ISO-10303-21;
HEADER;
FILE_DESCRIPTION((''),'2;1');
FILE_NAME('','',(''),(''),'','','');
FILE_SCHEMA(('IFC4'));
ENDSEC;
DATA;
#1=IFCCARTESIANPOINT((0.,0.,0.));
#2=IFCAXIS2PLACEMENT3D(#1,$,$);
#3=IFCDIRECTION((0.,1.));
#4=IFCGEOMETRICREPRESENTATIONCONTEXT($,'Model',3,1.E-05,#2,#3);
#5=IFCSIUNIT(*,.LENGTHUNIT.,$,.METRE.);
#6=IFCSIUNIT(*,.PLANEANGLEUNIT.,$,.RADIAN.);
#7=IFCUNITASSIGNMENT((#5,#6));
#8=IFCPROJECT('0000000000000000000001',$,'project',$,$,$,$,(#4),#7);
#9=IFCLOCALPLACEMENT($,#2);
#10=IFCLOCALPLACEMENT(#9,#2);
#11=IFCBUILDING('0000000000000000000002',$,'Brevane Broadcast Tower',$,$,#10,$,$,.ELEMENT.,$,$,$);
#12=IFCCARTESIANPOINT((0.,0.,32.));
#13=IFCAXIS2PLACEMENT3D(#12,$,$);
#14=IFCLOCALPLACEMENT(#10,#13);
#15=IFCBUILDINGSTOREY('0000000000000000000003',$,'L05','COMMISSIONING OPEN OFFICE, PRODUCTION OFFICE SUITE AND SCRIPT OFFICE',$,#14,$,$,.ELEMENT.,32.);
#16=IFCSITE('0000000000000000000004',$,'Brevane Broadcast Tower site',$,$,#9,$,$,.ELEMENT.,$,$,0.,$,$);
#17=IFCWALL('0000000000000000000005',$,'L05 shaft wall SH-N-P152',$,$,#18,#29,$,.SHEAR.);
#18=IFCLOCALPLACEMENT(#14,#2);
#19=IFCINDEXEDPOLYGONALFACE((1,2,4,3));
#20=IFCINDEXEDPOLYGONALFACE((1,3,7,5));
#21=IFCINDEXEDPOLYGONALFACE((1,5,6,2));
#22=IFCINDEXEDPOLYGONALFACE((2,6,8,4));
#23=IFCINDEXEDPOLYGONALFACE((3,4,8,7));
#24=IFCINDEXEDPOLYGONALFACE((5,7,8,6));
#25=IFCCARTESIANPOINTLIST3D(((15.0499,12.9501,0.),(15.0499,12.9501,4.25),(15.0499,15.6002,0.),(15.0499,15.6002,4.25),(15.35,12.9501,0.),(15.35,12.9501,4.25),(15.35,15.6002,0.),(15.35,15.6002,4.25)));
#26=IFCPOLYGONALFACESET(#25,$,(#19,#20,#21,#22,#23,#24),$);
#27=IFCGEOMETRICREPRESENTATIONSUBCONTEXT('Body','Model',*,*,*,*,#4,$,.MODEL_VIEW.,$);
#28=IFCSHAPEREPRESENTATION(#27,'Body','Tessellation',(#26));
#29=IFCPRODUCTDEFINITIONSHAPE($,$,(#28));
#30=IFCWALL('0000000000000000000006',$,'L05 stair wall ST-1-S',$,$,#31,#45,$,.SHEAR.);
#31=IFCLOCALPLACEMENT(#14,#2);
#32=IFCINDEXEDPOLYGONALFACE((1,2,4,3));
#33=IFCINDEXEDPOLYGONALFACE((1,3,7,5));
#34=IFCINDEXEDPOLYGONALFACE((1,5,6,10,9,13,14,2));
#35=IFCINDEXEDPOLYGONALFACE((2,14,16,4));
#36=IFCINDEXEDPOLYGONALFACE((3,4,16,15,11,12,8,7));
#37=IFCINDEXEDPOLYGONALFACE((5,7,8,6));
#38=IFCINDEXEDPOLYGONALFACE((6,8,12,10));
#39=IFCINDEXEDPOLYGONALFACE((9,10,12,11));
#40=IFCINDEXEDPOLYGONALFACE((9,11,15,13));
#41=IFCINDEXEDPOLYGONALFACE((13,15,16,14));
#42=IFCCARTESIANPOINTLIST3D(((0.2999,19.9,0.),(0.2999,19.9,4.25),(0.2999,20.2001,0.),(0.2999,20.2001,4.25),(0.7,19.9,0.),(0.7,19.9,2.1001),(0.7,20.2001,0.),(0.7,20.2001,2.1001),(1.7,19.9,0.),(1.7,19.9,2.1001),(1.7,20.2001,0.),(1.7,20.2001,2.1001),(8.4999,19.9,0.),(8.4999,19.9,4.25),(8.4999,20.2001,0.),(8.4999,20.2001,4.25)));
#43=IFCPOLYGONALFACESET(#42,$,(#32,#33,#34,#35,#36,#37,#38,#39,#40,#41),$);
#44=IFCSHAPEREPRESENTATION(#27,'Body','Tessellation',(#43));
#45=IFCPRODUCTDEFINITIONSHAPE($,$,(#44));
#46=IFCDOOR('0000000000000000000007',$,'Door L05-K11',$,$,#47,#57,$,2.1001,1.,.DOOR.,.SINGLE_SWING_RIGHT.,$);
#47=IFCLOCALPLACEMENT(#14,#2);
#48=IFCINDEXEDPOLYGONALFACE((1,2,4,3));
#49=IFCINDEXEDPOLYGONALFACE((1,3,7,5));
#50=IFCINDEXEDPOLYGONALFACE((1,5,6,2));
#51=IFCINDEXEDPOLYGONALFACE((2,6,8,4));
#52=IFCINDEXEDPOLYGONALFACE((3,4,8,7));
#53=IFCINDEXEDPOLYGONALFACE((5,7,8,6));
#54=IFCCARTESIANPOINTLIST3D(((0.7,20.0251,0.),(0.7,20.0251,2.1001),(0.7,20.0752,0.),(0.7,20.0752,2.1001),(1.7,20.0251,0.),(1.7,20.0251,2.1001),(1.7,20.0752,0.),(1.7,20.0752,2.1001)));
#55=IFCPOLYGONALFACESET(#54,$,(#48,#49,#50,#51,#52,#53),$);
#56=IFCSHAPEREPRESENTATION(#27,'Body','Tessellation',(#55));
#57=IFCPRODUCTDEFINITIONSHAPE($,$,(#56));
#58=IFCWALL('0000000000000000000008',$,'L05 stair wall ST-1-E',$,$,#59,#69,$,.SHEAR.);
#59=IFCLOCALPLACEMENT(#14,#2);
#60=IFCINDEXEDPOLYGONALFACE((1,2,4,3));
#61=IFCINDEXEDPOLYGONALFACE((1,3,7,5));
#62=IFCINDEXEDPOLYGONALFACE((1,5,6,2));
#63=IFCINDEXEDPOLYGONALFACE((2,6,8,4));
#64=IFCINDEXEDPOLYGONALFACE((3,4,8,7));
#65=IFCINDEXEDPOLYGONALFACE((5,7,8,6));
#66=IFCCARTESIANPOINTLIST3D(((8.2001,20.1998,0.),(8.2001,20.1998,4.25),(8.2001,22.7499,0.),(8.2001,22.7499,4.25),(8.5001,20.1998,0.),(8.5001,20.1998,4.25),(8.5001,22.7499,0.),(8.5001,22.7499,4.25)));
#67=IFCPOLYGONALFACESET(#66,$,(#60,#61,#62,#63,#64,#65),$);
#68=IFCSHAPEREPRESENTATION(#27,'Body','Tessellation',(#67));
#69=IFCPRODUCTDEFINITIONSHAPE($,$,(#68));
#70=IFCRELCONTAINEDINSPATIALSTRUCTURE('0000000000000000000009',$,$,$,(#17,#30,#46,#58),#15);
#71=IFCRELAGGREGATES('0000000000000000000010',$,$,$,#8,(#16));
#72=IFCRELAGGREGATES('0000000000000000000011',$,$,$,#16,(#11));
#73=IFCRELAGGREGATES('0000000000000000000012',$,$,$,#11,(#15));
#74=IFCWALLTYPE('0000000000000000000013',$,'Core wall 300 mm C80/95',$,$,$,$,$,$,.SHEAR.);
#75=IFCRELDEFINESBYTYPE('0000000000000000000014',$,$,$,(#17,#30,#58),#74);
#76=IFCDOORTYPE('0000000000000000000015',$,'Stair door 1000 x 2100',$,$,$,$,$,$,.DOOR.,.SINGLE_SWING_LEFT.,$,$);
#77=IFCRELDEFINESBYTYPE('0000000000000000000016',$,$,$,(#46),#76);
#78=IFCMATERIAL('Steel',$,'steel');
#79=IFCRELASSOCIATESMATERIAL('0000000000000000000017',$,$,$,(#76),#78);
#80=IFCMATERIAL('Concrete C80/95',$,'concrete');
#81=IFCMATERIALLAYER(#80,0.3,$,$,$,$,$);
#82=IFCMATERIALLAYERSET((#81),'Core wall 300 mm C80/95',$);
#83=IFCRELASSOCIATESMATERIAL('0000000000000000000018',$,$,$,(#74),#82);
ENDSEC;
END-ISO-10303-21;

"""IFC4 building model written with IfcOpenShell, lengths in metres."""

from ifc_helpers import new_model, si_unit, direction, frame, frame_2d, origin, place, context, subcontext, project, spatial, rectangle, extrude, material, layer, layer_set, type_object, element, fill, save


model = new_model("IFC4")

# Units and contexts
model_context = context("Model", 3, precision=1e-05, world=origin(), true_north=direction((0.0, 1.0)))
body_context = subcontext(model_context, "Body", "Model", "MODEL_VIEW")
ifc_project = project(units=[si_unit("LENGTHUNIT", "METRE"), si_unit("PLANEANGLEUNIT", "RADIAN")], contexts=[model_context])

# Site, building, storey
site_placement = place(None, origin())
site = spatial("IfcSite", under=ifc_project, at=site_placement, Name="Brevane Broadcast Tower site", CompositionType="ELEMENT", RefElevation=0.0)
building_placement = place(site_placement, origin())
building = spatial("IfcBuilding", under=site, at=building_placement, Name="Brevane Broadcast Tower", CompositionType="ELEMENT")
storey_placement = place(building_placement, frame((0.0, 0.0, 32.0)))
storey = spatial("IfcBuildingStorey", under=building, at=storey_placement, Name="L05", Description="COMMISSIONING OPEN OFFICE, PRODUCTION OFFICE SUITE AND SCRIPT OFFICE", CompositionType="ELEMENT", Elevation=32.0)

# Shared definitions
ifc_material_1 = material(Name="Steel", Category="steel")
door_type_1 = type_object("IfcDoorType", Name="Stair door 1000 x 2100", OperationType="SINGLE_SWING_LEFT", PredefinedType="DOOR", material=ifc_material_1)

# Shared definitions
ifc_material_2 = material(Name="Concrete C80/95", Category="concrete")
ifc_layer_1 = layer(ifc_material_2, 0.3)
ifc_layer_set_1 = layer_set([ifc_layer_1], Name="Core wall 300 mm C80/95")
wall_type_1 = type_object("IfcWallType", Name="Core wall 300 mm C80/95", PredefinedType="SHEAR", material=ifc_layer_set_1)

# Wall
wall_1_placement = place(storey_placement, frame((15.2, 12.95, 0.0), z_axis=(0.0, 0.0, 1.0), x_axis=(0.0, 1.0, 0.0)))
element("IfcWall", 1, at=wall_1_placement, inside=storey, type_object=wall_type_1, Name="L05 shaft wall SH-N-P152", PredefinedType="SHEAR", context=body_context, shape_type="SweptSolid", body=[
    extrude(rectangle(XDim=2.6501, YDim=0.3, at=frame_2d((1.3252, 0.0))), origin(), (0.0, 0.0, 1.0), 4.25),
])

# Wall, opening, door
wall_2_placement = place(storey_placement, frame((8.5, 20.05, 0.0), z_axis=(0.0, 0.0, 1.0), x_axis=(-1.0, 0.0, 0.0)))
wall_2 = element("IfcWall", 2, at=wall_2_placement, inside=storey, type_object=wall_type_1, Name="L05 stair wall ST-1-S", PredefinedType="SHEAR", context=body_context, shape_type="SweptSolid", body=[
    extrude(rectangle(XDim=8.2, YDim=0.3, at=frame_2d((4.1001, 0.0))), origin(), (0.0, 0.0, 1.0), 4.25),
])
opening_1_placement = place(wall_2_placement, frame((6.8, 0.0, 0.0)))
opening_1 = element("IfcOpeningElement", 3, at=opening_1_placement, cuts=wall_2, PredefinedType="OPENING", context=body_context, shape_type="SweptSolid", body=[
    extrude(rectangle(XDim=1.0, YDim=2.1001, at=frame_2d((0.5, 1.05))), frame((0.0, 0.1599, 0.0), z_axis=(0.0, -1.0, 0.0), x_axis=(1.0, 0.0, 0.0)), (0.0, 0.0, 1.0), 0.3201),
])
door_1_placement = place(opening_1_placement, origin())
door_1 = element("IfcDoor", 4, at=door_1_placement, inside=storey, type_object=door_type_1, Name="Door L05-K11", OperationType="SINGLE_SWING_RIGHT", OverallHeight=2.1001, OverallWidth=1.0, PredefinedType="DOOR", context=body_context, shape_type="SweptSolid", body=[
    extrude(rectangle(XDim=1.0, YDim=2.1001, at=frame_2d((0.5, 1.05))), frame((0.0, 0.0249, 0.0), z_axis=(0.0, -1.0, 0.0), x_axis=(1.0, 0.0, 0.0)), (0.0, 0.0, 1.0), 0.05),
])
fill(opening_1, door_1)

# Wall
wall_3_placement = place(storey_placement, frame((8.3501, 20.2, 0.0), z_axis=(0.0, 0.0, 1.0), x_axis=(0.0, 1.0, 0.0)))
element("IfcWall", 5, at=wall_3_placement, inside=storey, type_object=wall_type_1, Name="L05 stair wall ST-1-E", PredefinedType="SHEAR", context=body_context, shape_type="SweptSolid", body=[
    extrude(rectangle(XDim=2.55, YDim=0.3, at=frame_2d((1.2749, 0.0))), origin(), (0.0, 0.0, 1.0), 4.25),
])

save(model, "model.ifc")
